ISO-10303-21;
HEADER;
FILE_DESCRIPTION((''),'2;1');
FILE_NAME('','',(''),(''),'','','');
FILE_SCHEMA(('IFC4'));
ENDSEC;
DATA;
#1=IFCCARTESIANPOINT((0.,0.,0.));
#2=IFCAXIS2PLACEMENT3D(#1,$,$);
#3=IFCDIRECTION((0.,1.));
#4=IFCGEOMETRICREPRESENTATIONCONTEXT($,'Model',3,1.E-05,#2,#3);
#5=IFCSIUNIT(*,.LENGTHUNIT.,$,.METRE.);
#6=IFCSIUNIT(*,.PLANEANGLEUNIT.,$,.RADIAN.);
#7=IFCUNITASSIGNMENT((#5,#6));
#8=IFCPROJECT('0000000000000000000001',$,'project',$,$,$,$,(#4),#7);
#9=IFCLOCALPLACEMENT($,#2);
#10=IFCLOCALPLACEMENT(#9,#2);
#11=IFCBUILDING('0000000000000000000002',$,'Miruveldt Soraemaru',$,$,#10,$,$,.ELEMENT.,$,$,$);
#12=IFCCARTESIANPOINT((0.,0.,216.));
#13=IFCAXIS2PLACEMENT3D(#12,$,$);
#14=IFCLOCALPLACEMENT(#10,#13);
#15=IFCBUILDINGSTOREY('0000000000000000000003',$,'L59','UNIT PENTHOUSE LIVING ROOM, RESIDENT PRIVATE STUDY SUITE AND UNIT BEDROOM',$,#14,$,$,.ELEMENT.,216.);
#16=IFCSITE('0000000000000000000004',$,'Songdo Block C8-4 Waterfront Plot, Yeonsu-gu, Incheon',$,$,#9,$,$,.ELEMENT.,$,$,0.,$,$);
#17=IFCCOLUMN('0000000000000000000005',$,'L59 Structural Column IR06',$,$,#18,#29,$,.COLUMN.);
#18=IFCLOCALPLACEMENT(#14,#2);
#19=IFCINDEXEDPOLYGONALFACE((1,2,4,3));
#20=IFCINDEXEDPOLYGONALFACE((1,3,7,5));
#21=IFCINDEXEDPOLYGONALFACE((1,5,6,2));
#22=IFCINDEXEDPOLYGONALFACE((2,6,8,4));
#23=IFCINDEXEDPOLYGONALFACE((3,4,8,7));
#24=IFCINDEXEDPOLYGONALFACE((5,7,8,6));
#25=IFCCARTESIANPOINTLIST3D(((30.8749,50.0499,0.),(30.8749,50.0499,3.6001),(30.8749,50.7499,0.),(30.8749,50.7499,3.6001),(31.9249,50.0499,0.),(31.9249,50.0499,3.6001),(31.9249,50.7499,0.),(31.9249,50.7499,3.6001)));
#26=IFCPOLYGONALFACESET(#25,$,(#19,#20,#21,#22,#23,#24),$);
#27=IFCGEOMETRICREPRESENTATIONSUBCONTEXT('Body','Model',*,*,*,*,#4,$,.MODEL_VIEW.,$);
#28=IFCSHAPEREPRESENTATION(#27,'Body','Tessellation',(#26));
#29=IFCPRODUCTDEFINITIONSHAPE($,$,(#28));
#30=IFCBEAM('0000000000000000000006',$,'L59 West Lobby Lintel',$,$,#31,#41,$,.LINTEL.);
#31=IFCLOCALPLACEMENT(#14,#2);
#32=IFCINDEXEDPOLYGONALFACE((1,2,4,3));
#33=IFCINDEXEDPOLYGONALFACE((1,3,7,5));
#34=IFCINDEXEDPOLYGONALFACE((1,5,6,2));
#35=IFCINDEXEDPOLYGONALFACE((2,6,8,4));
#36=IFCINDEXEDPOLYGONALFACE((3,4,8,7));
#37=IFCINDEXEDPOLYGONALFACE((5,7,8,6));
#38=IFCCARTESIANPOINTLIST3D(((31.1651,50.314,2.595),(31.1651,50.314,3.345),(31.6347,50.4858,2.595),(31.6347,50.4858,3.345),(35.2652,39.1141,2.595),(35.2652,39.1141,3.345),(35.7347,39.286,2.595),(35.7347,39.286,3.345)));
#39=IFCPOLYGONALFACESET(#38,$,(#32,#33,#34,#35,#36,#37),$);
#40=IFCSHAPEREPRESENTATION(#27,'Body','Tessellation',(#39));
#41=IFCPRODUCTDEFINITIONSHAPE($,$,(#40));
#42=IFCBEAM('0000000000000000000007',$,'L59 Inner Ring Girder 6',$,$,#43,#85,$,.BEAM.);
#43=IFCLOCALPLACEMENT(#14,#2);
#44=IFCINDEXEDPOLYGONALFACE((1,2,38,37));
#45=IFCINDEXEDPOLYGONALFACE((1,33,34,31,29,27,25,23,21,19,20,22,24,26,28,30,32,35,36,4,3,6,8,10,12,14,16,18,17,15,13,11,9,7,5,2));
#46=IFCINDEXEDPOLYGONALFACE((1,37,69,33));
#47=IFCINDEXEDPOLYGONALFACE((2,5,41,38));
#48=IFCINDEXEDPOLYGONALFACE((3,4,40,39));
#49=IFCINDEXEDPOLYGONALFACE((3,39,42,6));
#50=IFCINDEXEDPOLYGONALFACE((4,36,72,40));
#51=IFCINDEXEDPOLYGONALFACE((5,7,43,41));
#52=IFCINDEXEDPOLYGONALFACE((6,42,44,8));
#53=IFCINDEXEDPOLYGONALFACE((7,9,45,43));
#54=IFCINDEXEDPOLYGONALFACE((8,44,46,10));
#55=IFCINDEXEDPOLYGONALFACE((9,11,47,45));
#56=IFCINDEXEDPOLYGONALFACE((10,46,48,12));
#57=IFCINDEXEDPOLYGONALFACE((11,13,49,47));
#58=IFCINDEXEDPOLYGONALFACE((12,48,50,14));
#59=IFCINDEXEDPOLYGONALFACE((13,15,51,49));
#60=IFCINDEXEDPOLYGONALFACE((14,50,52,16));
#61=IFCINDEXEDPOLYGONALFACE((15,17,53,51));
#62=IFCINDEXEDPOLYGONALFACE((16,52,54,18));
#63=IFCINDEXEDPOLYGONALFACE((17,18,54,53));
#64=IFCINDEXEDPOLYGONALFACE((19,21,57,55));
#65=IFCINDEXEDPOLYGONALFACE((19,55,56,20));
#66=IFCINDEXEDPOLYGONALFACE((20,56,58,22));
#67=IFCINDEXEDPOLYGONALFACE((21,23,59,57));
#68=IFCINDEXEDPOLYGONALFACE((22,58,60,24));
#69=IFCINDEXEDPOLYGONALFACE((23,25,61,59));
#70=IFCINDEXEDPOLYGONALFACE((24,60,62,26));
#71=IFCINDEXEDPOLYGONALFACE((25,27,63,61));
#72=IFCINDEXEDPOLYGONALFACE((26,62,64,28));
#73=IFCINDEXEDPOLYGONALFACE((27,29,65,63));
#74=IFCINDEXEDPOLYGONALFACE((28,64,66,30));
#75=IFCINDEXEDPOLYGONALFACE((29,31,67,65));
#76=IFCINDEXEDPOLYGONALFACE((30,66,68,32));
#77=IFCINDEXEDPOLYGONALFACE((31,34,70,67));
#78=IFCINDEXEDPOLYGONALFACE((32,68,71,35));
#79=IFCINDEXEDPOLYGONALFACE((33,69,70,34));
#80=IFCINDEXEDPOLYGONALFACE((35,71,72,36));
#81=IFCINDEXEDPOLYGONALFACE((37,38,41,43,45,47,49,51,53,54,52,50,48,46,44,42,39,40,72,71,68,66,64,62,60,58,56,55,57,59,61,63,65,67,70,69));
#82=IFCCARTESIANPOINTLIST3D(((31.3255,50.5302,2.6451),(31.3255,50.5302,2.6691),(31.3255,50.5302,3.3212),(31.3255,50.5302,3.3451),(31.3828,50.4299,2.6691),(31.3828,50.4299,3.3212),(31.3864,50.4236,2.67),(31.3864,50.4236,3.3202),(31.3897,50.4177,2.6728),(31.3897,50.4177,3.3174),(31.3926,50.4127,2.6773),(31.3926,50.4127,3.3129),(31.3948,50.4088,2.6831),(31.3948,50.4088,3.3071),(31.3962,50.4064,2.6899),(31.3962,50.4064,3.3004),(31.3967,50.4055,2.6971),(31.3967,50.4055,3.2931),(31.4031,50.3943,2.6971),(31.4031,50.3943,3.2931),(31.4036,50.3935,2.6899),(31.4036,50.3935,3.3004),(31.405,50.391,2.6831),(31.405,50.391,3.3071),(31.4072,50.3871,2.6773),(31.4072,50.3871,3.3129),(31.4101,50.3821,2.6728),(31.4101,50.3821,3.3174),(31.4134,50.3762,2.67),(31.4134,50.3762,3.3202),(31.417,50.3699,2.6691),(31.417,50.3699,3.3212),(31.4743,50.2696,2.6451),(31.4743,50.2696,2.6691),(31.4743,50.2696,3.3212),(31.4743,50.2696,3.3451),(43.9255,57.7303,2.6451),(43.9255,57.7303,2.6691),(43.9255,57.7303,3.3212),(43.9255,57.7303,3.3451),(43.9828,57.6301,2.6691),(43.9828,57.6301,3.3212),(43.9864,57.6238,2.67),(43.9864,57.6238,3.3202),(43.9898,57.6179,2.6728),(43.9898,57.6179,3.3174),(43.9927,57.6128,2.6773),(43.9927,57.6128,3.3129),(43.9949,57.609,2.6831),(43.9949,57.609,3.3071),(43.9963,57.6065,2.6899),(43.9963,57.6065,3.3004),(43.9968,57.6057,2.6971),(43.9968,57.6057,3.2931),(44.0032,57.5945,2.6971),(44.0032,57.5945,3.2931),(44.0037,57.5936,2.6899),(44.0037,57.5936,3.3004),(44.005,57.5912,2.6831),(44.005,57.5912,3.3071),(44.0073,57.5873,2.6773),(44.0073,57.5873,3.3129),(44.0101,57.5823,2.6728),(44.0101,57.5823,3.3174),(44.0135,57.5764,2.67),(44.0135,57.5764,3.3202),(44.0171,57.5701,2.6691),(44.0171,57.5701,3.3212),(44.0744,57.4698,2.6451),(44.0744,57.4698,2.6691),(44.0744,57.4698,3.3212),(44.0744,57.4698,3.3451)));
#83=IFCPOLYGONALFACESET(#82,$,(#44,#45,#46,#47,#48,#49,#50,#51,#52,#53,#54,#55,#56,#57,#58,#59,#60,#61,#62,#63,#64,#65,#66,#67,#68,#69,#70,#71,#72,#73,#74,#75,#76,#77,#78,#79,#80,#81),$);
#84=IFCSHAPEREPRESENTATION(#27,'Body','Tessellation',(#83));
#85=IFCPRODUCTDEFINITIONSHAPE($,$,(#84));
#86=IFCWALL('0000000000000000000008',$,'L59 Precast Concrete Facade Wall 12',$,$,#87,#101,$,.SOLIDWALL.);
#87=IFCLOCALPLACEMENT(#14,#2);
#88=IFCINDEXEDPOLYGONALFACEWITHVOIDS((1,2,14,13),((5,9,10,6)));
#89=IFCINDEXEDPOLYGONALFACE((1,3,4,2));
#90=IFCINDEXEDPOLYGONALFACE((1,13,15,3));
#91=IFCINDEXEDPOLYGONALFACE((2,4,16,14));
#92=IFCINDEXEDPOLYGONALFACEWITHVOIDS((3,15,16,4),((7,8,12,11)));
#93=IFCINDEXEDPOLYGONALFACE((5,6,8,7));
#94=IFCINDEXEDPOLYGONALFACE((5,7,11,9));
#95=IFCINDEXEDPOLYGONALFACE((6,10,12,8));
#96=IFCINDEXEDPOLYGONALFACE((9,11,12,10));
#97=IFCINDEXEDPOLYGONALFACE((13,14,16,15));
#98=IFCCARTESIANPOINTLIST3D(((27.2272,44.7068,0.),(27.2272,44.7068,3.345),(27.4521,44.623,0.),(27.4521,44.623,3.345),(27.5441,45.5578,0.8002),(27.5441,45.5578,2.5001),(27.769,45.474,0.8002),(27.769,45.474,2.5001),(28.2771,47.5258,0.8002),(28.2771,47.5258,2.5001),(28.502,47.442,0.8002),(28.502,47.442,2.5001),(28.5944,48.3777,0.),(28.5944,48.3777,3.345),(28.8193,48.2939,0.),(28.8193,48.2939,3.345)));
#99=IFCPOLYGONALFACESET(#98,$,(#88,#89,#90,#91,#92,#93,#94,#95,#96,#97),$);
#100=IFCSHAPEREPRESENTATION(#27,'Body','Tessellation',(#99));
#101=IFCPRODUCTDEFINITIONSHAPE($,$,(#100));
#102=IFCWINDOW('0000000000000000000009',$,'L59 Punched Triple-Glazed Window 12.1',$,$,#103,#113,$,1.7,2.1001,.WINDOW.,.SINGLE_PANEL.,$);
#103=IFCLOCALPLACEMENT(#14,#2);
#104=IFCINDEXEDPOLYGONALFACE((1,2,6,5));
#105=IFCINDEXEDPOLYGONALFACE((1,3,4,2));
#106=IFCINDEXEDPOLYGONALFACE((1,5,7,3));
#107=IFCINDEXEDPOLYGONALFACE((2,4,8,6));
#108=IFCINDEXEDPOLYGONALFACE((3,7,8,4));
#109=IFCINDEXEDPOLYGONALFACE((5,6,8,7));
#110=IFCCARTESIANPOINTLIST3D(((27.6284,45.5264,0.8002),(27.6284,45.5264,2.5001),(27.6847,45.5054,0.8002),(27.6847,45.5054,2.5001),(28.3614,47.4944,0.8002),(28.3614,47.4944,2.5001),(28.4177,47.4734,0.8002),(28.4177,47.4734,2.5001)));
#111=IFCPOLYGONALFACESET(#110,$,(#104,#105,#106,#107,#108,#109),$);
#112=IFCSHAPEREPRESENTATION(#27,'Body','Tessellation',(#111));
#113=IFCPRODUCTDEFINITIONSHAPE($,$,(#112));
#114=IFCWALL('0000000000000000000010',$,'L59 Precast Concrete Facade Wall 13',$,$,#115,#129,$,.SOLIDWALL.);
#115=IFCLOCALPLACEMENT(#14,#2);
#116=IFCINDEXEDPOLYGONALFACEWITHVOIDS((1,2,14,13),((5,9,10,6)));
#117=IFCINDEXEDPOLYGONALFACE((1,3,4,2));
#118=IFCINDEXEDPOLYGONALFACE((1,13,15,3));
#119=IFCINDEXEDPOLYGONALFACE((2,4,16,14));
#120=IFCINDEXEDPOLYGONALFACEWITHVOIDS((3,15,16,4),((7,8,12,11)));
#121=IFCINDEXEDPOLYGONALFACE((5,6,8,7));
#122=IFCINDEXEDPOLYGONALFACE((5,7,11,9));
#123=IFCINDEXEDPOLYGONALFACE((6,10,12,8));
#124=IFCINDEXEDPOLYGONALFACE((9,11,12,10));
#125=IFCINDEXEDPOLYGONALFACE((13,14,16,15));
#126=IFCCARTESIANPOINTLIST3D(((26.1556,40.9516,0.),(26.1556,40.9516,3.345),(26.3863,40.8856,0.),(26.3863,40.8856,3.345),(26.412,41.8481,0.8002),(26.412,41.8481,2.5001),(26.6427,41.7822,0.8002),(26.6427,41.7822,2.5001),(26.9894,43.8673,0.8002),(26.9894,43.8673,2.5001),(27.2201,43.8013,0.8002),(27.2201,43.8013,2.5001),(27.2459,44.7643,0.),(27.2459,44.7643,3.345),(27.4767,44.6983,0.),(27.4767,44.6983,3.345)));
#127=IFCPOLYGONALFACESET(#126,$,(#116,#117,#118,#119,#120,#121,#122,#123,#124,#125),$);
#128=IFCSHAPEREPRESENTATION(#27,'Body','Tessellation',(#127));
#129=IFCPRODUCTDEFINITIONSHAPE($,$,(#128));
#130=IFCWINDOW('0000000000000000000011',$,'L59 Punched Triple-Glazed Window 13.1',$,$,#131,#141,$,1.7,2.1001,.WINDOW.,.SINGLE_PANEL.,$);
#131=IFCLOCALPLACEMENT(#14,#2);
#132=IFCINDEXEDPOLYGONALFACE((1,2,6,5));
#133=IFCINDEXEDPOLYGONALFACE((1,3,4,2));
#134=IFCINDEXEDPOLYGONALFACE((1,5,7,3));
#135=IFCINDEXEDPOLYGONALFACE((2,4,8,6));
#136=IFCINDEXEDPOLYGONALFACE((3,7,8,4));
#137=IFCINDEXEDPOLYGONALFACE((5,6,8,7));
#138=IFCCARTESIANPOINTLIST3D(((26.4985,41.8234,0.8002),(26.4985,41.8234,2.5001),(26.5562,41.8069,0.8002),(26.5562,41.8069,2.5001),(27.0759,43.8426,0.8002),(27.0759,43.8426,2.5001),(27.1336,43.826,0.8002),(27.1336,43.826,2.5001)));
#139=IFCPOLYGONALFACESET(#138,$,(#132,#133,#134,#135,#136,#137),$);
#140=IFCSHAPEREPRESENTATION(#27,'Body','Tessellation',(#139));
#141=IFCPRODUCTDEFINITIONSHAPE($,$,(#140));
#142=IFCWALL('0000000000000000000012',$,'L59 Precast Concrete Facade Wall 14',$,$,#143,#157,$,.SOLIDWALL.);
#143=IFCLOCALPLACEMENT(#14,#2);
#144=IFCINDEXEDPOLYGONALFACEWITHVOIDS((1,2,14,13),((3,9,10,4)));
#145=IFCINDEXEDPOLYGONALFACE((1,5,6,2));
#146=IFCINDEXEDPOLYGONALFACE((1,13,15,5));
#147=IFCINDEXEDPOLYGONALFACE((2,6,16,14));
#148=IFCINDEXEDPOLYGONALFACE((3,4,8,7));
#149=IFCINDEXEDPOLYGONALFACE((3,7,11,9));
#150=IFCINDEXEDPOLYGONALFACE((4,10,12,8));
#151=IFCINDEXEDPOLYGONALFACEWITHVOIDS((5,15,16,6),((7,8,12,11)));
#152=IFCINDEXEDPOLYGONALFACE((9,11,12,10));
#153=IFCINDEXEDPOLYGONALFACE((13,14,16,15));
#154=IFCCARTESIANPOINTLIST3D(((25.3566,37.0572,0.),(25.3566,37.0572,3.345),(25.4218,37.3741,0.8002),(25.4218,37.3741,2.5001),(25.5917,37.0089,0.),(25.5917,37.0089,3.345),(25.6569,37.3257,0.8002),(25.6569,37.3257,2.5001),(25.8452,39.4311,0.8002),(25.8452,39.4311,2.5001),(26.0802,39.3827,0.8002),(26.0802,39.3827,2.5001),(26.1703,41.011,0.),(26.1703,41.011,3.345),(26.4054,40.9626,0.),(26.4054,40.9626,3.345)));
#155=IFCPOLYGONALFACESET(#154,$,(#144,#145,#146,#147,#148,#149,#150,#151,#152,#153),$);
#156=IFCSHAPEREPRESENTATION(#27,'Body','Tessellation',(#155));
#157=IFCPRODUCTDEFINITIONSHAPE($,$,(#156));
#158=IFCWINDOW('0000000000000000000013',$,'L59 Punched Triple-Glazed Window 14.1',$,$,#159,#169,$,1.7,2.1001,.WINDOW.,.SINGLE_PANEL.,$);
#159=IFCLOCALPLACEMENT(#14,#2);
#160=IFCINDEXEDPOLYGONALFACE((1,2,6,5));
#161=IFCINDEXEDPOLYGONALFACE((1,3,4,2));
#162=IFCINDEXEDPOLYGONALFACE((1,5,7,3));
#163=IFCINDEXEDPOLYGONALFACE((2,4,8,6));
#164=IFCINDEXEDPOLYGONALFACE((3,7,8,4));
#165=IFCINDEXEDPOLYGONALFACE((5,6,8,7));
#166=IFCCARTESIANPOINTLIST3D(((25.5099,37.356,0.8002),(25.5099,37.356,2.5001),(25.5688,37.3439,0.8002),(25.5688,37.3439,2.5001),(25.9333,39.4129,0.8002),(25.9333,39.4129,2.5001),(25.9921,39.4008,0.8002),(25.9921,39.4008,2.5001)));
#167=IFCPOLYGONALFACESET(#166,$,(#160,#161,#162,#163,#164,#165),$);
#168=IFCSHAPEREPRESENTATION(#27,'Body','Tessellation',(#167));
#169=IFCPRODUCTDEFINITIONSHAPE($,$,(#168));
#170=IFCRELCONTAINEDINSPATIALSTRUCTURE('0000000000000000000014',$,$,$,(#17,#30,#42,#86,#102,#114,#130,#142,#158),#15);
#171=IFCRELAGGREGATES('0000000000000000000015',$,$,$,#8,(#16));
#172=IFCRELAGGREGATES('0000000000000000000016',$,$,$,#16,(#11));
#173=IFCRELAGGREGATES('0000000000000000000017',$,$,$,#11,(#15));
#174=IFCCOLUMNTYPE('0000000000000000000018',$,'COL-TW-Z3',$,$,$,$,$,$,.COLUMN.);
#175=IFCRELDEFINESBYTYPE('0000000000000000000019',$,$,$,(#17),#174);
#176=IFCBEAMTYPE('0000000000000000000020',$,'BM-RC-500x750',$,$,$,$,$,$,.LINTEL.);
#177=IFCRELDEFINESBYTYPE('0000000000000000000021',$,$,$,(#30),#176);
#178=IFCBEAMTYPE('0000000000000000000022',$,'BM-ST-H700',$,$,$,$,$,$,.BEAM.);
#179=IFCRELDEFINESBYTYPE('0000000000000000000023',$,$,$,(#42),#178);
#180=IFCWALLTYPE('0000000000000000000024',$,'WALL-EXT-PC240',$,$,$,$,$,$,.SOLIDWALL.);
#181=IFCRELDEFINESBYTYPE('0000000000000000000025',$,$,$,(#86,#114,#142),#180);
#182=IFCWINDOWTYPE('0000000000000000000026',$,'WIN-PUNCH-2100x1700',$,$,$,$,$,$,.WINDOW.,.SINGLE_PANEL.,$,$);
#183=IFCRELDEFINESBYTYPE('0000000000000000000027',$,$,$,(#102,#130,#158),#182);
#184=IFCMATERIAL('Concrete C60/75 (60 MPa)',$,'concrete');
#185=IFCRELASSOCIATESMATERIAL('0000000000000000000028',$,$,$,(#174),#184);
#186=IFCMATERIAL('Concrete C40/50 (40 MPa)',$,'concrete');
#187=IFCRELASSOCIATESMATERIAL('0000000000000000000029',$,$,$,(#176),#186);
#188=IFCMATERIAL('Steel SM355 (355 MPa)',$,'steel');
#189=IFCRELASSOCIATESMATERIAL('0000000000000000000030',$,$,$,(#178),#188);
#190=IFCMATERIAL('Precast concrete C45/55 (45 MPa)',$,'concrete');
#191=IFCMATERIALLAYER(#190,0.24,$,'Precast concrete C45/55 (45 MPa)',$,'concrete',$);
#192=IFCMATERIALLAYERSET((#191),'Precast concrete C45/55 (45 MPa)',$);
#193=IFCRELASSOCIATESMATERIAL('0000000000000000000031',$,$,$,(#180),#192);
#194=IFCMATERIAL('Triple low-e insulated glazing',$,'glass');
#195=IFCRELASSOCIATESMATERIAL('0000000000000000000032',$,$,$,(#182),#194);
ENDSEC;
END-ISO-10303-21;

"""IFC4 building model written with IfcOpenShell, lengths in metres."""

from ifc_helpers import new_model, si_unit, direction, frame, frame_2d, origin, origin_2d, place, context, subcontext, project, spatial, rectangle, i_section, extrude, material, layer, layer_set, material_profile, profile_set, type_object, element, fill, save


model = new_model("IFC4")

# Units and contexts
model_context = context("Model", 3, precision=1e-05, world=origin(), true_north=direction((0.0, 1.0)))
body_context = subcontext(model_context, "Body", "Model", "MODEL_VIEW")
ifc_project = project(units=[si_unit("LENGTHUNIT", "METRE"), si_unit("PLANEANGLEUNIT", "RADIAN")], contexts=[model_context])

# Site, building, storey
site_placement = place(None, origin())
site = spatial("IfcSite", under=ifc_project, at=site_placement, Name="Songdo Block C8-4 Waterfront Plot, Yeonsu-gu, Incheon", CompositionType="ELEMENT", RefElevation=0.0)
building_placement = place(site_placement, origin())
building = spatial("IfcBuilding", under=site, at=building_placement, Name="Miruveldt Soraemaru", CompositionType="ELEMENT")
storey_placement = place(building_placement, frame((0.0, 0.0, 216.0)))
storey = spatial("IfcBuildingStorey", under=building, at=storey_placement, Name="L59", Description="UNIT PENTHOUSE LIVING ROOM, RESIDENT PRIVATE STUDY SUITE AND UNIT BEDROOM", CompositionType="ELEMENT", Elevation=216.0)

# Column
ifc_material_1 = material(Name="Concrete C60/75 (60 MPa)", Category="concrete")
ifc_material_profile_1 = material_profile(ifc_material_1, rectangle(XDim=1.05, YDim=0.7, at=origin_2d()), Name="Concrete C60/75 (60 MPa)", Category="concrete")
ifc_profile_set_1 = profile_set([ifc_material_profile_1], Name="Concrete C60/75 (60 MPa)")
column_type = type_object("IfcColumnType", Name="COL-TW-Z3", PredefinedType="COLUMN", material=ifc_profile_set_1)
column_placement = place(storey_placement, frame((31.3999, 50.3999, 0.0), z_axis=(0.0, 0.0, 1.0), x_axis=(1.0, 0.0, 0.0)))
element("IfcColumn", 1, at=column_placement, inside=storey, type_object=column_type, Name="L59 Structural Column IR06", PredefinedType="COLUMN", context=body_context, shape_type="SweptSolid", body=[
    extrude(rectangle(XDim=1.05, YDim=0.7, at=origin_2d()), origin(), (0.0, 0.0, 1.0), 3.6001),
])

# Beams
ifc_material_2 = material(Name="Concrete C40/50 (40 MPa)", Category="concrete")
ifc_material_profile_2 = material_profile(ifc_material_2, rectangle(XDim=0.5, YDim=0.75, at=origin_2d()), Name="Concrete C40/50 (40 MPa)", Category="concrete")
ifc_profile_set_2 = profile_set([ifc_material_profile_2], Name="Concrete C40/50 (40 MPa)")
beam_type_1 = type_object("IfcBeamType", Name="BM-RC-500x750", PredefinedType="LINTEL", material=ifc_profile_set_2)
beam_1_placement = place(storey_placement, frame((31.3999, 50.3999, 2.97), z_axis=(0.34377, -0.939054, 0.0), x_axis=(0.939054, 0.34377, 0.0)))
element("IfcBeam", 2, at=beam_1_placement, inside=storey, type_object=beam_type_1, Name="L59 West Lobby Lintel", PredefinedType="LINTEL", context=body_context, shape_type="SweptSolid", body=[
    extrude(rectangle(XDim=0.5, YDim=0.75, at=origin_2d()), origin(), (0.0, 0.0, 1.0), 11.9268),
])
ifc_material_3 = material(Name="Steel SM355 (355 MPa)", Category="steel")
ifc_material_profile_3 = material_profile(ifc_material_3, i_section(OverallWidth=0.3, OverallDepth=0.7, WebThickness=0.0129, FlangeThickness=0.0239, FilletRadius=0.0281, at=origin_2d()), Name="Steel SM355 (355 MPa)", Category="steel")
ifc_profile_set_3 = profile_set([ifc_material_profile_3], Name="Steel SM355 (355 MPa)")
beam_type_2 = type_object("IfcBeamType", Name="BM-ST-H700", PredefinedType="BEAM", material=ifc_profile_set_3)
beam_2_placement = place(storey_placement, frame((31.3999, 50.3999, 2.9951), z_axis=(0.868239, 0.496146, 0.0), x_axis=(-0.496146, 0.868239, 0.0)))
element("IfcBeam", 3, at=beam_2_placement, inside=storey, type_object=beam_type_2, Name="L59 Inner Ring Girder 6", PredefinedType="BEAM", context=body_context, shape_type="SweptSolid", body=[
    extrude(i_section(OverallWidth=0.3, OverallDepth=0.7, WebThickness=0.0129, FlangeThickness=0.0239, FilletRadius=0.0281, at=origin_2d()), origin(), (0.0, 0.0, 1.0), 14.5122),
])

# Walls, openings, windows
ifc_material_4 = material(Name="Precast concrete C45/55 (45 MPa)", Category="concrete")
ifc_layer_1 = layer(ifc_material_4, 0.24, Name="Precast concrete C45/55 (45 MPa)", Category="concrete")
ifc_layer_set_1 = layer_set([ifc_layer_1], Name="Precast concrete C45/55 (45 MPa)")
wall_type_1 = type_object("IfcWallType", Name="WALL-EXT-PC240", PredefinedType="SOLIDWALL", material=ifc_layer_set_1)
wall_1_placement = place(storey_placement, frame((28.7068, 48.3357, 0.0), z_axis=(0.0, 0.0, 1.0), x_axis=(-0.349019, -0.937116, 0.0)))
wall_1 = element("IfcWall", 4, at=wall_1_placement, inside=storey, type_object=wall_type_1, Name="L59 Precast Concrete Facade Wall 12", PredefinedType="SOLIDWALL", context=body_context, shape_type="SweptSolid", body=[
    extrude(rectangle(XDim=3.9172, YDim=0.24, at=frame_2d((1.9585, 0.0))), origin(), (0.0, 0.0, 1.0), 3.345),
])
opening_1_placement = place(wall_1_placement, frame((0.9089, 0.0, 0.8)))
opening_1 = element("IfcOpeningElement", 5, at=opening_1_placement, cuts=wall_1, PredefinedType="OPENING", context=body_context, shape_type="SweptSolid", body=[
    extrude(rectangle(XDim=2.1001, YDim=1.7, at=frame_2d((1.05, 0.8501))), frame((0.0, 0.1299, 0.0), z_axis=(0.0, -1.0, 0.0), x_axis=(1.0, 0.0, 0.0)), (0.0, 0.0, 1.0), 0.26),
])
ifc_material_5 = material(Name="Triple low-e insulated glazing", Category="glass")
window_type = type_object("IfcWindowType", Name="WIN-PUNCH-2100x1700", PartitioningType="SINGLE_PANEL", PredefinedType="WINDOW", material=ifc_material_5)
window_1_placement = place(opening_1_placement, origin())
window_1 = element("IfcWindow", 6, at=window_1_placement, inside=storey, type_object=window_type, Name="L59 Punched Triple-Glazed Window 12.1", OverallHeight=1.7, OverallWidth=2.1001, PartitioningType="SINGLE_PANEL", PredefinedType="WINDOW", context=body_context, shape_type="SweptSolid", body=[
    extrude(rectangle(XDim=2.1001, YDim=1.7, at=frame_2d((1.05, 0.8501))), frame((0.0, 0.03, 0.0), z_axis=(0.0, -1.0, 0.0), x_axis=(1.0, 0.0, 0.0)), (0.0, 0.0, 1.0), 0.0601),
])
fill(opening_1, window_1)
wall_2_placement = place(storey_placement, frame((27.3613, 44.7314, 0.0), z_axis=(0.0, 0.0, 1.0), x_axis=(-0.274949, -0.961459, 0.0)))
wall_2 = element("IfcWall", 7, at=wall_2_placement, inside=storey, type_object=wall_type_1, Name="L59 Precast Concrete Facade Wall 13", PredefinedType="SOLIDWALL", context=body_context, shape_type="SweptSolid", body=[
    extrude(rectangle(XDim=3.9656, YDim=0.24, at=frame_2d((1.9829, 0.0))), origin(), (0.0, 0.0, 1.0), 3.345),
])
opening_2_placement = place(wall_2_placement, frame((0.9331, 0.0, 0.8)))
opening_2 = element("IfcOpeningElement", 8, at=opening_2_placement, cuts=wall_2, PredefinedType="OPENING", context=body_context, shape_type="SweptSolid", body=[
    extrude(rectangle(XDim=2.1001, YDim=1.7, at=frame_2d((1.05, 0.8501))), frame((0.0, 0.1299, 0.0), z_axis=(0.0, -1.0, 0.0), x_axis=(1.0, 0.0, 0.0)), (0.0, 0.0, 1.0), 0.26),
])
window_2_placement = place(opening_2_placement, origin())
window_2 = element("IfcWindow", 9, at=window_2_placement, inside=storey, type_object=window_type, Name="L59 Punched Triple-Glazed Window 13.1", OverallHeight=1.7, OverallWidth=2.1001, PartitioningType="SINGLE_PANEL", PredefinedType="WINDOW", context=body_context, shape_type="SweptSolid", body=[
    extrude(rectangle(XDim=2.1001, YDim=1.7, at=frame_2d((1.05, 0.8501))), frame((0.0, 0.03, 0.0), z_axis=(0.0, -1.0, 0.0), x_axis=(1.0, 0.0, 0.0)), (0.0, 0.0, 1.0), 0.0601),
])
fill(opening_2, window_2)
wall_3_placement = place(storey_placement, frame((26.2878, 40.9868, 0.0), z_axis=(0.0, 0.0, 1.0), x_axis=(-0.20158, -0.979472, 0.0)))
wall_3 = element("IfcWall", 10, at=wall_3_placement, inside=storey, type_object=wall_type_1, Name="L59 Precast Concrete Facade Wall 14", PredefinedType="SOLIDWALL", context=body_context, shape_type="SweptSolid", body=[
    extrude(rectangle(XDim=4.0366, YDim=0.24, at=frame_2d((2.0183, 0.0))), origin(), (0.0, 0.0, 1.0), 3.345),
])
opening_3_placement = place(wall_3_placement, frame((1.613, 0.0, 0.8)))
opening_3 = element("IfcOpeningElement", 11, at=opening_3_placement, cuts=wall_3, PredefinedType="OPENING", context=body_context, shape_type="SweptSolid", body=[
    extrude(rectangle(XDim=2.1001, YDim=1.7, at=frame_2d((1.05, 0.8501))), frame((0.0, 0.1299, 0.0), z_axis=(0.0, -1.0, 0.0), x_axis=(1.0, 0.0, 0.0)), (0.0, 0.0, 1.0), 0.26),
])
window_3_placement = place(opening_3_placement, origin())
window_3 = element("IfcWindow", 12, at=window_3_placement, inside=storey, type_object=window_type, Name="L59 Punched Triple-Glazed Window 14.1", OverallHeight=1.7, OverallWidth=2.1001, PartitioningType="SINGLE_PANEL", PredefinedType="WINDOW", context=body_context, shape_type="SweptSolid", body=[
    extrude(rectangle(XDim=2.1001, YDim=1.7, at=frame_2d((1.05, 0.8501))), frame((0.0, 0.03, 0.0), z_axis=(0.0, -1.0, 0.0), x_axis=(1.0, 0.0, 0.0)), (0.0, 0.0, 1.0), 0.0601),
])
fill(opening_3, window_3)

save(model, "model.ifc")
